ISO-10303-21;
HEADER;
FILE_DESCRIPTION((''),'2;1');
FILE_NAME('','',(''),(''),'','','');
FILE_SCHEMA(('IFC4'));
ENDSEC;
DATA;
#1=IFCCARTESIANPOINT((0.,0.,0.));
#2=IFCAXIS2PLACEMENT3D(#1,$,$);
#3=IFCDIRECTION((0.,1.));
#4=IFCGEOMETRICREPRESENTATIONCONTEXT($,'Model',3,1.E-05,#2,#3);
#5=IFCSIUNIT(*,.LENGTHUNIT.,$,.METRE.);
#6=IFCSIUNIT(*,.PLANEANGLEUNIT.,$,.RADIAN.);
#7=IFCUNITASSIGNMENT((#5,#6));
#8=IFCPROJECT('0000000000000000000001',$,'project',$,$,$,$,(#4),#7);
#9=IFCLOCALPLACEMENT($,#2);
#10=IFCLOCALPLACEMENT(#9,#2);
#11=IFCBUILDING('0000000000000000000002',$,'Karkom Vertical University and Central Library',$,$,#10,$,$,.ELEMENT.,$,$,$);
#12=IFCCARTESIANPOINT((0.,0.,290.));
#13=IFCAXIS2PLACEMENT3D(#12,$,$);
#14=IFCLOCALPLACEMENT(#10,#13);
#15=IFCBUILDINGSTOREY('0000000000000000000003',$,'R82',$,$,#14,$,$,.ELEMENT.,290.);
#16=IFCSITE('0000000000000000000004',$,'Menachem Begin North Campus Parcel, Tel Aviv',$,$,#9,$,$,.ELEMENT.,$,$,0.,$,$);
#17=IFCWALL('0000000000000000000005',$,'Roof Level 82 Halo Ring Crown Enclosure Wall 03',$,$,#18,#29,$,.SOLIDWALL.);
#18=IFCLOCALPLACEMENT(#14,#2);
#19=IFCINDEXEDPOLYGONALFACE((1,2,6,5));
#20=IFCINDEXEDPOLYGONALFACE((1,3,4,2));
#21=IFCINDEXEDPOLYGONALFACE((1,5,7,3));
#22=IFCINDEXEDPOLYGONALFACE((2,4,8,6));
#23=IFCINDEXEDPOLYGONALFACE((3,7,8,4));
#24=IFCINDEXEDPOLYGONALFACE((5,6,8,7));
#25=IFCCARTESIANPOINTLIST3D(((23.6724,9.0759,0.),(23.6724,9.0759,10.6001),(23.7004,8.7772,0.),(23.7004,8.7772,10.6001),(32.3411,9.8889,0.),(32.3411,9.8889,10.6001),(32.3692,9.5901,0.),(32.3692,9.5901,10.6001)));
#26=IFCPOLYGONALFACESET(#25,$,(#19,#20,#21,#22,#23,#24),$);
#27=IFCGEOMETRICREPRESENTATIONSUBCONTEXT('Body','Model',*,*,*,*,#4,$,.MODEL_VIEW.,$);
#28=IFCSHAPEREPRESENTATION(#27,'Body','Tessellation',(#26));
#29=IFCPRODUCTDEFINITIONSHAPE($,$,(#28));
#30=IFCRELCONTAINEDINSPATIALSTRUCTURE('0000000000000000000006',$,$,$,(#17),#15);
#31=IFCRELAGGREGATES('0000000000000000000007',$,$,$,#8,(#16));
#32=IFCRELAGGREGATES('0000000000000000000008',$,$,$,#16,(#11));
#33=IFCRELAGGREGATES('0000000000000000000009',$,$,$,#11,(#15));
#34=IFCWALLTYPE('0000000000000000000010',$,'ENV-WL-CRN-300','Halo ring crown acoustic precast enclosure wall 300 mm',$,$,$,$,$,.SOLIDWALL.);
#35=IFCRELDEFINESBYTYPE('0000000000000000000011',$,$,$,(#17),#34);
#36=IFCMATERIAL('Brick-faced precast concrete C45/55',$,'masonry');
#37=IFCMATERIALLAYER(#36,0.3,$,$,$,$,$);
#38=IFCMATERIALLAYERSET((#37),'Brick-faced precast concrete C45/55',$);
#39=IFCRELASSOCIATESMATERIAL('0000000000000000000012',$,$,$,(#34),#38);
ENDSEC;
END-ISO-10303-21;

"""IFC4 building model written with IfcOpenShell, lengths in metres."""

from ifc_helpers import new_model, si_unit, direction, frame, frame_2d, origin, place, context, subcontext, project, spatial, rectangle, extrude, material, layer, layer_set, type_object, element, save


model = new_model("IFC4")

# Units and contexts
model_context = context("Model", 3, precision=1e-05, world=origin(), true_north=direction((0.0, 1.0)))
body_context = subcontext(model_context, "Body", "Model", "MODEL_VIEW")
ifc_project = project(units=[si_unit("LENGTHUNIT", "METRE"), si_unit("PLANEANGLEUNIT", "RADIAN")], contexts=[model_context])

# Site, building, storey
site_placement = place(None, origin())
site = spatial("IfcSite", under=ifc_project, at=site_placement, Name="Menachem Begin North Campus Parcel, Tel Aviv", CompositionType="ELEMENT", RefElevation=0.0)
building_placement = place(site_placement, origin())
building = spatial("IfcBuilding", under=site, at=building_placement, Name="Karkom Vertical University and Central Library", CompositionType="ELEMENT")
storey_placement = place(building_placement, frame((0.0, 0.0, 290.0)))
storey = spatial("IfcBuildingStorey", under=building, at=storey_placement, Name="R82", CompositionType="ELEMENT", Elevation=290.0)

# Wall
ifc_material_1 = material(Name="Brick-faced precast concrete C45/55", Category="masonry")
ifc_layer_1 = layer(ifc_material_1, 0.3)
ifc_layer_set_1 = layer_set([ifc_layer_1], Name="Brick-faced precast concrete C45/55")
wall_type = type_object("IfcWallType", Name="ENV-WL-CRN-300", Description="Halo ring crown acoustic precast enclosure wall 300 mm", PredefinedType="SOLIDWALL", material=ifc_layer_set_1)
wall_placement = place(storey_placement, frame((23.6863, 8.9265, 0.0), z_axis=(0.0, 0.0, 1.0), x_axis=(0.995631, 0.093375, 0.0)))
element("IfcWall", 1, at=wall_placement, inside=storey, type_object=wall_type, Name="Roof Level 82 Halo Ring Crown Enclosure Wall 03", PredefinedType="SOLIDWALL", context=body_context, shape_type="SweptSolid", body=[
    extrude(rectangle(XDim=8.7068, YDim=0.3, at=frame_2d((4.3535, 0.0))), origin(), (0.0, 0.0, 1.0), 10.6001),
])

save(model, "model.ifc")
